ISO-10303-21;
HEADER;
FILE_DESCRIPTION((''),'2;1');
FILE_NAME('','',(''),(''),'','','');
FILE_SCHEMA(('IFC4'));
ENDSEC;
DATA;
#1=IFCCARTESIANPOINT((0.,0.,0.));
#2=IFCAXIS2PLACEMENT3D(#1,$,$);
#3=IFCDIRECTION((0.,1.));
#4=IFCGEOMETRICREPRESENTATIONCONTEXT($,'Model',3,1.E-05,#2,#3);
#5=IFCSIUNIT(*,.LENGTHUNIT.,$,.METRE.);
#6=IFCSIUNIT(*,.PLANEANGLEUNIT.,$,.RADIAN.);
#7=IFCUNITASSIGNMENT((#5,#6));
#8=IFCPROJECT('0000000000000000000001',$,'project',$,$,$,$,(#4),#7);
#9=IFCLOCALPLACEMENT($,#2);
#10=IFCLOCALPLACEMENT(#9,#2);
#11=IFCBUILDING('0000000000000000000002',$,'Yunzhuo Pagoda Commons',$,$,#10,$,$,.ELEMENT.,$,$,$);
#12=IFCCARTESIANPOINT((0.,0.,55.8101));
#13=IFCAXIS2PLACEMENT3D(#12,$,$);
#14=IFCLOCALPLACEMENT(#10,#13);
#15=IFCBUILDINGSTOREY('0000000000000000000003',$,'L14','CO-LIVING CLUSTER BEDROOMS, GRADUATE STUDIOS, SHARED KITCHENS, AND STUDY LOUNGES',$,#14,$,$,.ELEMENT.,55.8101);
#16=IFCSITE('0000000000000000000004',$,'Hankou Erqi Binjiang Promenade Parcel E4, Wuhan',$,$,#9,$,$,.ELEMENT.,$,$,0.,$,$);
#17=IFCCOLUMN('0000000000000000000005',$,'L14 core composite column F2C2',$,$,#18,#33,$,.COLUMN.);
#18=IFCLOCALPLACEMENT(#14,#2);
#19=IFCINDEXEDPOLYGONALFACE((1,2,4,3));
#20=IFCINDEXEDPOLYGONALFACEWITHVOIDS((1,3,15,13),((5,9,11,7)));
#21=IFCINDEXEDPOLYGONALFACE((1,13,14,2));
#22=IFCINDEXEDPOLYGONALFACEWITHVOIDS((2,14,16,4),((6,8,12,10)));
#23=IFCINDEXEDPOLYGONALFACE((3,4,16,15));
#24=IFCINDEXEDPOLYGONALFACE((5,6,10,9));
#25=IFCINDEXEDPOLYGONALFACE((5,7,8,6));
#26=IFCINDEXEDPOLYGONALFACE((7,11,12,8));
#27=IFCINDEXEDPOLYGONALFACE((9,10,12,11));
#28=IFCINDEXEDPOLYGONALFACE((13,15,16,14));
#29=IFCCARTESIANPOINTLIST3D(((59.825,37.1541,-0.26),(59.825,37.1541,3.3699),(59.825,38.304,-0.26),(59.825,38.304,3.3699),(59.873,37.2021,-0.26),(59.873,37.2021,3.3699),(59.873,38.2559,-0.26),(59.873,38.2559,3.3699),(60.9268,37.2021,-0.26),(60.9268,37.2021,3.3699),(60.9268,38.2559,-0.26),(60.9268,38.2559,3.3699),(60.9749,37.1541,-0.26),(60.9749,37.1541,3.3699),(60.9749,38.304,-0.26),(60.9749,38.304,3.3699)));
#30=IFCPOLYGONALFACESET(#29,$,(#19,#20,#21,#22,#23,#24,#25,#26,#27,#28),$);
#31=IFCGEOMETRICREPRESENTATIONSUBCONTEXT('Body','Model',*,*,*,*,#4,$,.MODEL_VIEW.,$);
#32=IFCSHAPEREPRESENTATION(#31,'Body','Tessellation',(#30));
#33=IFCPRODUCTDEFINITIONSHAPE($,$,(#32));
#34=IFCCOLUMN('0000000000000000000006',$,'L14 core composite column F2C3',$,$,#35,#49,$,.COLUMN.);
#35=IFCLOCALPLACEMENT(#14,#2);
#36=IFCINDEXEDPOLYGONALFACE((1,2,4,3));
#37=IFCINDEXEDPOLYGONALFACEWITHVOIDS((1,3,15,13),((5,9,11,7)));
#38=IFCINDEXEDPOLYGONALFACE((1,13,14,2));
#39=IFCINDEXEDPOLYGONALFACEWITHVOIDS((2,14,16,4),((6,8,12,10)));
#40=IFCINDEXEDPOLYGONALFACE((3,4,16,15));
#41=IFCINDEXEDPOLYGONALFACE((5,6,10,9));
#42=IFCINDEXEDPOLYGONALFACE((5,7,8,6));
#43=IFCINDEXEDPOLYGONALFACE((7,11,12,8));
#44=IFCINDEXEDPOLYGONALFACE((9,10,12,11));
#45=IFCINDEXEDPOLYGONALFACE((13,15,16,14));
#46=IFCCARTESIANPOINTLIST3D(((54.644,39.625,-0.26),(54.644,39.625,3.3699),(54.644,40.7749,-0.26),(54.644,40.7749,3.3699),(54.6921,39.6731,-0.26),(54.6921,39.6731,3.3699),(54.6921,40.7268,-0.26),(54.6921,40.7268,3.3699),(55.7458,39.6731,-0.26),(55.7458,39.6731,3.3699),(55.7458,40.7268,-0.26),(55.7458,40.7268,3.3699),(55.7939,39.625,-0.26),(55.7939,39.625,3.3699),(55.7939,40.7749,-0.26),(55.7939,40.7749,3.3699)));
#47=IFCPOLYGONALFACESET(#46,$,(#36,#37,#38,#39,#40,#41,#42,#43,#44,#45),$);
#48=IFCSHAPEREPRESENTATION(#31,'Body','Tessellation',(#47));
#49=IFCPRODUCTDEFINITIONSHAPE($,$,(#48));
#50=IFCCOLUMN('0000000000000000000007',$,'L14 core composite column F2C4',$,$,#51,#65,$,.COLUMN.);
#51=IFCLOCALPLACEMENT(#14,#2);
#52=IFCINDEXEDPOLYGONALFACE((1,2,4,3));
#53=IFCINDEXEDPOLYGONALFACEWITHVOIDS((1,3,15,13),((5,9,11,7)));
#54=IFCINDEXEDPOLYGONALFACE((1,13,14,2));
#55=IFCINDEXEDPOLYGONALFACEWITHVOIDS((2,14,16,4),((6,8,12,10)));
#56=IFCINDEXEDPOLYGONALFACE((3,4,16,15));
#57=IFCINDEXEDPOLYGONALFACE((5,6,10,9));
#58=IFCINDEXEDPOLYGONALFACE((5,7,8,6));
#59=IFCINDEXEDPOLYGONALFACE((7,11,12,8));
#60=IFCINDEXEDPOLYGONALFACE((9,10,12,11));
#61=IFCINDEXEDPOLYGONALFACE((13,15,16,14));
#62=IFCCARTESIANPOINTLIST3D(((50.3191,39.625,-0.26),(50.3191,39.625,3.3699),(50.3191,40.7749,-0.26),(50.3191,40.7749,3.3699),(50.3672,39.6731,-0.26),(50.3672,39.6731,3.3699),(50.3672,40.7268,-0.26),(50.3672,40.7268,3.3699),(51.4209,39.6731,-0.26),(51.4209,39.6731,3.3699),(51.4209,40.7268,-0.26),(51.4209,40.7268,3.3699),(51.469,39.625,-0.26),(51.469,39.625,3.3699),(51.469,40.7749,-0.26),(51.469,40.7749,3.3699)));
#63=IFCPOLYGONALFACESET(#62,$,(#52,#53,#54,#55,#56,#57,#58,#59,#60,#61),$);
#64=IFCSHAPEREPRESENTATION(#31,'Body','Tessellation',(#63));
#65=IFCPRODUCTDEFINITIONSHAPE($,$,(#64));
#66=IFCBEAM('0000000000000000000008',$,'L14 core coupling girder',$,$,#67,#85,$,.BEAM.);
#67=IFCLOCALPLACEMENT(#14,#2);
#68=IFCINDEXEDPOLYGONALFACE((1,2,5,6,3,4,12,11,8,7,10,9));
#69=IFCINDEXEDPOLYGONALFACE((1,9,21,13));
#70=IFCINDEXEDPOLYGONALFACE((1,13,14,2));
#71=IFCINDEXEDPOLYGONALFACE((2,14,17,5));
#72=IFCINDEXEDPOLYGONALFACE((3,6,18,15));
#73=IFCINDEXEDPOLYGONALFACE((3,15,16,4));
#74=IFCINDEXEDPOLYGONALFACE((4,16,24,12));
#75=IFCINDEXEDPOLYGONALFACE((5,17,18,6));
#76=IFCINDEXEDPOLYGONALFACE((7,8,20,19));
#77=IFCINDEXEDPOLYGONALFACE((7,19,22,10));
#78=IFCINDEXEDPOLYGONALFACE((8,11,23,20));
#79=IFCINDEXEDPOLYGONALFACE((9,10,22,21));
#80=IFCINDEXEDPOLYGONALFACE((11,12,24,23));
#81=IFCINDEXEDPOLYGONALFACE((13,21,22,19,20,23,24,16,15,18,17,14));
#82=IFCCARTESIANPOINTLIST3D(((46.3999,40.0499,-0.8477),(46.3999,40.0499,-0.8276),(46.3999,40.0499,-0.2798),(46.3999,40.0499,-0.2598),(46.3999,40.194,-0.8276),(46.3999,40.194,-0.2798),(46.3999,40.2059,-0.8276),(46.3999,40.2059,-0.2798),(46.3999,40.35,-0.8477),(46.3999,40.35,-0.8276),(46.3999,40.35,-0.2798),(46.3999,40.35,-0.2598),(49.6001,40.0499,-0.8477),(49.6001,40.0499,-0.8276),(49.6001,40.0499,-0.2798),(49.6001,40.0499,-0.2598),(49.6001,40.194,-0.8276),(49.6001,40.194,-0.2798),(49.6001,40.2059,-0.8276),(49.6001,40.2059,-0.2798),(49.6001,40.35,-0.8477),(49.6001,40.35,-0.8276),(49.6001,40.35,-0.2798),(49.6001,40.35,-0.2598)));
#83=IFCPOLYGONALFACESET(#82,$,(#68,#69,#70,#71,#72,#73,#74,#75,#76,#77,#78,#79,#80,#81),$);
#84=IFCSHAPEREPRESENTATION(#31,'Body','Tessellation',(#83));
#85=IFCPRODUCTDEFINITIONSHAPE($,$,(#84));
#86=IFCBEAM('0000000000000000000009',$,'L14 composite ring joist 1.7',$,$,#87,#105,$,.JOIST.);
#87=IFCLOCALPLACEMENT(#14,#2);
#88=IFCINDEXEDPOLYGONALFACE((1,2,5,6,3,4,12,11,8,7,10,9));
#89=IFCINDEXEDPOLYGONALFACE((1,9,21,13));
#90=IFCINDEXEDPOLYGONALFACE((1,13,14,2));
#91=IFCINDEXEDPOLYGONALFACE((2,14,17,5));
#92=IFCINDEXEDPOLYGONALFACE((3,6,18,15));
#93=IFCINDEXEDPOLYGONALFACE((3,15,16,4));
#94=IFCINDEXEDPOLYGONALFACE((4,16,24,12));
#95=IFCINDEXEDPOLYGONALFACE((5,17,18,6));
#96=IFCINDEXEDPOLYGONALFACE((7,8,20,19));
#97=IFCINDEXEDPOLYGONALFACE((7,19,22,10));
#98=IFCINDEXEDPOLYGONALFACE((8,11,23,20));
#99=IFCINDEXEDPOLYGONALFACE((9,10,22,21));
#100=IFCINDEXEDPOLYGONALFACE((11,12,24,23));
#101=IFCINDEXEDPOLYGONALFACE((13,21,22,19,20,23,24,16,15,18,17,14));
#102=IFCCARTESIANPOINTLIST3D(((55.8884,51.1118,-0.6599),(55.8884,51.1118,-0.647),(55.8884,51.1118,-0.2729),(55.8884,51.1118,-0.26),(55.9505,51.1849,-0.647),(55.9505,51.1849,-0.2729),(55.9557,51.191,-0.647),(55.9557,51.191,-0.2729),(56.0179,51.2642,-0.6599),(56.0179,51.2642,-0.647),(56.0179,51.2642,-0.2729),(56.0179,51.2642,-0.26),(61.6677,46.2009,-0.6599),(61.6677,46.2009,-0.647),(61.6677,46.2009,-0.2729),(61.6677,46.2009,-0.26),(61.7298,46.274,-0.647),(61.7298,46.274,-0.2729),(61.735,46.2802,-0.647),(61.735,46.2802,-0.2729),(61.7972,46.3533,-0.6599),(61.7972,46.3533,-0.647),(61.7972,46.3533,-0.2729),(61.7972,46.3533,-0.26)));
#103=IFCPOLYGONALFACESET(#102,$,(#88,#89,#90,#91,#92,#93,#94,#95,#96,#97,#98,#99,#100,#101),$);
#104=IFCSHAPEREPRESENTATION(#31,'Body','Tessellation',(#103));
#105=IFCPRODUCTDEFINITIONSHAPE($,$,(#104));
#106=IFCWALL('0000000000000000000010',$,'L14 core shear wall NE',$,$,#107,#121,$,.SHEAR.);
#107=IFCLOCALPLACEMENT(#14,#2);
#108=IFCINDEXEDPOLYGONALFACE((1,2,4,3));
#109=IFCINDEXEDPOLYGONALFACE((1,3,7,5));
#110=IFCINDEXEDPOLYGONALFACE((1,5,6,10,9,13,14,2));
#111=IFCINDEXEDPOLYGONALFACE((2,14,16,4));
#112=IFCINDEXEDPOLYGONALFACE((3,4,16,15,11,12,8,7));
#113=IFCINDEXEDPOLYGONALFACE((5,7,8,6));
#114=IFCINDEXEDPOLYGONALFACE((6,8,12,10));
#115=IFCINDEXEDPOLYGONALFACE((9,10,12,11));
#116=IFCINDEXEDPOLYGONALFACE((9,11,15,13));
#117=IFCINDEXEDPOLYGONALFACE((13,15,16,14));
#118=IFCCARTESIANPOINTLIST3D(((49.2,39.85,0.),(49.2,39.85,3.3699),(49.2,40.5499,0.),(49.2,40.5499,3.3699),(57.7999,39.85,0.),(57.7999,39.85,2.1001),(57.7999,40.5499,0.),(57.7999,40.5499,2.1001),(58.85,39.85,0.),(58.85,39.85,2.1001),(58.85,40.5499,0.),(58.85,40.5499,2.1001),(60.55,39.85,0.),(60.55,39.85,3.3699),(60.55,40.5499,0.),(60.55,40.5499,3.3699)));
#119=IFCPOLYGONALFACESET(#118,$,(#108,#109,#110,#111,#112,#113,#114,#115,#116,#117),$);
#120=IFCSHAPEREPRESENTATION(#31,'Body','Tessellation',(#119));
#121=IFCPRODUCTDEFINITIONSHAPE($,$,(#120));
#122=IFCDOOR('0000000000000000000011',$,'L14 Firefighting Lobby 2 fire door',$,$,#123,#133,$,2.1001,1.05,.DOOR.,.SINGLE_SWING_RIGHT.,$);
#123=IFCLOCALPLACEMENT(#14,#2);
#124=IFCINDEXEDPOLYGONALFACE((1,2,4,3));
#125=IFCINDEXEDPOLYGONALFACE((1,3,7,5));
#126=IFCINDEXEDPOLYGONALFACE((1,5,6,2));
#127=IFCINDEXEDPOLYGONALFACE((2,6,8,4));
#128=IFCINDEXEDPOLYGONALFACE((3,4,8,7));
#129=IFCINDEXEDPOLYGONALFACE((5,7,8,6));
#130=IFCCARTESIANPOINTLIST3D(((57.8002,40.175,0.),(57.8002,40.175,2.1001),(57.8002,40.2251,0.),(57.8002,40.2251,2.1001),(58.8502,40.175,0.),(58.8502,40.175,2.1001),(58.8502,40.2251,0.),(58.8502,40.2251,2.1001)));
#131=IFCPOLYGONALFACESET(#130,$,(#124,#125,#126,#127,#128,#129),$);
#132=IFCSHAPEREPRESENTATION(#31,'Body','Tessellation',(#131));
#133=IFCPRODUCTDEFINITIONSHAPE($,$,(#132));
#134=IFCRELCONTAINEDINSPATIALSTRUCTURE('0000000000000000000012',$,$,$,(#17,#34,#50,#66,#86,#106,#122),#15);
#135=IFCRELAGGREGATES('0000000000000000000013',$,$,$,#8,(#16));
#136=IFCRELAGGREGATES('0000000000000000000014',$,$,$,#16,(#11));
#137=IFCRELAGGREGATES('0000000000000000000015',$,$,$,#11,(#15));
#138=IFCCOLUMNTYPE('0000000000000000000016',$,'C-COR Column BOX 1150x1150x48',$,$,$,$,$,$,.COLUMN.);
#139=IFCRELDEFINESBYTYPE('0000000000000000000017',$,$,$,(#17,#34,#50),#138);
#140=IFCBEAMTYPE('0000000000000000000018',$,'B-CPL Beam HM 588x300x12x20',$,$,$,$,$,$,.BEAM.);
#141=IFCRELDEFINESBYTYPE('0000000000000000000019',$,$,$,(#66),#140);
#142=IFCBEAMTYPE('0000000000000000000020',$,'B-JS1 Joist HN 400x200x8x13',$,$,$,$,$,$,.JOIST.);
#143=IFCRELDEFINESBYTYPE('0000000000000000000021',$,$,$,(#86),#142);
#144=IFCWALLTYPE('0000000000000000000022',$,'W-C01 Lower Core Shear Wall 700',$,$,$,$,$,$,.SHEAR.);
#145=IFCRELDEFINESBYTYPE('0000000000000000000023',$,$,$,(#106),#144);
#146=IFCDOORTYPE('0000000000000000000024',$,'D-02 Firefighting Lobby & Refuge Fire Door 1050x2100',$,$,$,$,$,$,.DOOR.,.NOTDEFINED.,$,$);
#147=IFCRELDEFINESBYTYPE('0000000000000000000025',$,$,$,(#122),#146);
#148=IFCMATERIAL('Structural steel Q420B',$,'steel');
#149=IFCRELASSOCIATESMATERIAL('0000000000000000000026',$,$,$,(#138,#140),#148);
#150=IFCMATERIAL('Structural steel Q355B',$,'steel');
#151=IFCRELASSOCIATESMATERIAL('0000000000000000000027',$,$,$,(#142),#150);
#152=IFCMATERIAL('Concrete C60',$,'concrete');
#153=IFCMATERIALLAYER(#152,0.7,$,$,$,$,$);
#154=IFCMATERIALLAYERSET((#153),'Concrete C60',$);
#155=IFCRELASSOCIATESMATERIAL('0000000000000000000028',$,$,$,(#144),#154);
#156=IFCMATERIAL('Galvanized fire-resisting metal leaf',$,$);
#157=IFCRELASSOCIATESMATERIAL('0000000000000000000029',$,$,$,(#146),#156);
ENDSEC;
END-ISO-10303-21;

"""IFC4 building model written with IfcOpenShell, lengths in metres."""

from ifc_helpers import new_model, si_unit, direction, frame, frame_2d, origin, origin_2d, place, context, subcontext, project, spatial, rectangle, hollow_rectangle, i_section, extrude, source, transform, mapped, material, layer, layer_set, material_profile, profile_set, type_object, element, fill, save


model = new_model("IFC4")

# Units and contexts
model_context = context("Model", 3, precision=1e-05, world=origin(), true_north=direction((0.0, 1.0)))
body_context = subcontext(model_context, "Body", "Model", "MODEL_VIEW")
ifc_project = project(units=[si_unit("LENGTHUNIT", "METRE"), si_unit("PLANEANGLEUNIT", "RADIAN")], contexts=[model_context])

# Site, building, storey
site_placement = place(None, origin())
site = spatial("IfcSite", under=ifc_project, at=site_placement, Name="Hankou Erqi Binjiang Promenade Parcel E4, Wuhan", CompositionType="ELEMENT", RefElevation=0.0)
building_placement = place(site_placement, origin())
building = spatial("IfcBuilding", under=site, at=building_placement, Name="Yunzhuo Pagoda Commons", CompositionType="ELEMENT")
storey_placement = place(building_placement, frame((0.0, 0.0, 55.8101)))
storey = spatial("IfcBuildingStorey", under=building, at=storey_placement, Name="L14", Description="CO-LIVING CLUSTER BEDROOMS, GRADUATE STUDIOS, SHARED KITCHENS, AND STUDY LOUNGES", CompositionType="ELEMENT", Elevation=55.8101)

# Columns
ifc_material_1 = material(Name="Structural steel Q420B", Category="steel")
ifc_material_profile_1 = material_profile(ifc_material_1, hollow_rectangle(XDim=1.1499, YDim=1.1499, WallThickness=0.0481, at=origin_2d()), Name="Structural steel Q420B")
ifc_profile_set_1 = profile_set([ifc_material_profile_1], Name="Structural steel Q420B")
column_type = type_object("IfcColumnType", Name="C-COR Column BOX 1150x1150x48", PredefinedType="COLUMN", material=ifc_profile_set_1)
shared_shape_1 = source(origin(), body_context, "Body", "SweptSolid", [
    extrude(hollow_rectangle(XDim=1.1499, YDim=1.1499, WallThickness=0.0481, at=origin_2d()), origin(), (0.0, 0.0, 1.0), 3.6299),
])
for number, where, z_axis, x_axis, name in (
    (1, (60.3999, 37.729, -0.26), (0.0, 0.0, 1.0), (1.0, 0.0, 0.0), "L14 core composite column F2C2"),
    (2, (55.219, 40.2, -0.26), (0.0, 0.0, 1.0), (1.0, 0.0, 0.0), "L14 core composite column F2C3"),
    (3, (50.894, 40.2, -0.26), (0.0, 0.0, 1.0), (1.0, 0.0, 0.0), "L14 core composite column F2C4"),
):
    element("IfcColumn", number, at=place(storey_placement, frame(where, z_axis=z_axis, x_axis=x_axis)), inside=storey, type_object=column_type, Name=name, PredefinedType="COLUMN", context=body_context, shape_type="MappedRepresentation", body=[
        mapped(shared_shape_1, transform((0.0, 0.0, 0.0), scale=1.0)),
    ])

# Beams
ifc_material_profile_2 = material_profile(ifc_material_1, i_section(OverallWidth=0.3, OverallDepth=0.5879, WebThickness=0.012, FlangeThickness=0.02, at=origin_2d()), Name="Structural steel Q420B")
ifc_profile_set_2 = profile_set([ifc_material_profile_2], Name="Structural steel Q420B")
beam_type_1 = type_object("IfcBeamType", Name="B-CPL Beam HM 588x300x12x20", PredefinedType="BEAM", material=ifc_profile_set_2)
shared_shape_2 = source(origin(), body_context, "Body", "SweptSolid", [
    extrude(i_section(OverallWidth=0.3, OverallDepth=0.5879, WebThickness=0.012, FlangeThickness=0.02, at=origin_2d()), origin(), (0.0, 0.0, 1.0), 3.2002),
])
beam_1_placement = place(storey_placement, frame((46.3999, 40.2, -0.5537), z_axis=(1.0, 0.0, 0.0), x_axis=(0.0, 1.0, 0.0)))
element("IfcBeam", 4, at=beam_1_placement, inside=storey, type_object=beam_type_1, Name="L14 core coupling girder", PredefinedType="BEAM", context=body_context, shape_type="MappedRepresentation", body=[
    mapped(shared_shape_2, transform((0.0, 0.0, 0.0), scale=1.0)),
])
ifc_material_2 = material(Name="Structural steel Q355B", Category="steel")
ifc_material_profile_3 = material_profile(ifc_material_2, i_section(OverallWidth=0.2, OverallDepth=0.3999, WebThickness=0.0081, FlangeThickness=0.0129, at=origin_2d()), Name="Structural steel Q355B")
ifc_profile_set_3 = profile_set([ifc_material_profile_3], Name="Structural steel Q355B")
beam_type_2 = type_object("IfcBeamType", Name="B-JS1 Joist HN 400x200x8x13", PredefinedType="JOIST", material=ifc_profile_set_3)
shared_shape_3 = source(origin(), body_context, "Body", "SweptSolid", [
    extrude(i_section(OverallWidth=0.2, OverallDepth=0.3999, WebThickness=0.0081, FlangeThickness=0.0129, at=origin_2d()), origin(), (0.0, 0.0, 1.0), 7.584),
])
beam_2_placement = place(storey_placement, frame((61.7324, 46.2771, -0.46), z_axis=(-0.762038, 0.647533, 0.0), x_axis=(-0.647533, -0.762038, 0.0)))
element("IfcBeam", 5, at=beam_2_placement, inside=storey, type_object=beam_type_2, Name="L14 composite ring joist 1.7", PredefinedType="JOIST", context=body_context, shape_type="MappedRepresentation", body=[
    mapped(shared_shape_3, transform((0.0, 0.0, 0.0), scale=1.0)),
])

# Wall, opening, door
ifc_material_3 = material(Name="Concrete C60", Category="concrete")
ifc_layer_1 = layer(ifc_material_3, 0.7)
ifc_layer_set_1 = layer_set([ifc_layer_1], Name="Concrete C60")
wall_type_1 = type_object("IfcWallType", Name="W-C01 Lower Core Shear Wall 700", PredefinedType="SHEAR", material=ifc_layer_set_1)
wall_1_placement = place(storey_placement, frame((49.2, 40.2, 0.0), z_axis=(0.0, 0.0, 1.0), x_axis=(1.0, 0.0, 0.0)))
wall_1 = element("IfcWall", 6, at=wall_1_placement, inside=storey, type_object=wall_type_1, Name="L14 core shear wall NE", PredefinedType="SHEAR", context=body_context, shape_type="SweptSolid", body=[
    extrude(rectangle(XDim=11.3501, YDim=0.7, at=frame_2d((5.675, 0.0))), origin(), (0.0, 0.0, 1.0), 3.3699),
])
opening_1_placement = place(wall_1_placement, frame((8.6001, 0.0, 0.0)))
opening_1 = element("IfcOpeningElement", 7, at=opening_1_placement, cuts=wall_1, PredefinedType="OPENING", context=body_context, shape_type="SweptSolid", body=[
    extrude(rectangle(XDim=1.05, YDim=2.1001, at=frame_2d((0.5249, 1.05))), frame((0.0, 0.3599, 0.0), z_axis=(0.0, -1.0, 0.0), x_axis=(1.0, 0.0, 0.0)), (0.0, 0.0, 1.0), 0.72),
])
ifc_material_4 = material(Name="Galvanized fire-resisting metal leaf")
door_type_1 = type_object("IfcDoorType", Name="D-02 Firefighting Lobby & Refuge Fire Door 1050x2100", OperationType="NOTDEFINED", PredefinedType="DOOR", material=ifc_material_4)
shared_shape_4 = source(origin(), body_context, "Body", "SweptSolid", [
    extrude(rectangle(XDim=1.05, YDim=2.1001, at=frame_2d((0.5249, 1.05))), frame((0.0, 0.0249, 0.0), z_axis=(0.0, -1.0, 0.0), x_axis=(1.0, 0.0, 0.0)), (0.0, 0.0, 1.0), 0.05),
])
door_1_placement = place(opening_1_placement, frame((1.05, 0.0, 0.0), z_axis=(0.0, 0.0, 1.0), x_axis=(-1.0, 0.0, 0.0)))
door_1 = element("IfcDoor", 8, at=door_1_placement, inside=storey, type_object=door_type_1, Name="L14 Firefighting Lobby 2 fire door", OperationType="SINGLE_SWING_RIGHT", OverallHeight=2.1001, OverallWidth=1.05, PredefinedType="DOOR", context=body_context, shape_type="MappedRepresentation", body=[
    mapped(shared_shape_4, transform((0.0, 0.0, 0.0), scale=1.0)),
])
fill(opening_1, door_1)

save(model, "model.ifc")
